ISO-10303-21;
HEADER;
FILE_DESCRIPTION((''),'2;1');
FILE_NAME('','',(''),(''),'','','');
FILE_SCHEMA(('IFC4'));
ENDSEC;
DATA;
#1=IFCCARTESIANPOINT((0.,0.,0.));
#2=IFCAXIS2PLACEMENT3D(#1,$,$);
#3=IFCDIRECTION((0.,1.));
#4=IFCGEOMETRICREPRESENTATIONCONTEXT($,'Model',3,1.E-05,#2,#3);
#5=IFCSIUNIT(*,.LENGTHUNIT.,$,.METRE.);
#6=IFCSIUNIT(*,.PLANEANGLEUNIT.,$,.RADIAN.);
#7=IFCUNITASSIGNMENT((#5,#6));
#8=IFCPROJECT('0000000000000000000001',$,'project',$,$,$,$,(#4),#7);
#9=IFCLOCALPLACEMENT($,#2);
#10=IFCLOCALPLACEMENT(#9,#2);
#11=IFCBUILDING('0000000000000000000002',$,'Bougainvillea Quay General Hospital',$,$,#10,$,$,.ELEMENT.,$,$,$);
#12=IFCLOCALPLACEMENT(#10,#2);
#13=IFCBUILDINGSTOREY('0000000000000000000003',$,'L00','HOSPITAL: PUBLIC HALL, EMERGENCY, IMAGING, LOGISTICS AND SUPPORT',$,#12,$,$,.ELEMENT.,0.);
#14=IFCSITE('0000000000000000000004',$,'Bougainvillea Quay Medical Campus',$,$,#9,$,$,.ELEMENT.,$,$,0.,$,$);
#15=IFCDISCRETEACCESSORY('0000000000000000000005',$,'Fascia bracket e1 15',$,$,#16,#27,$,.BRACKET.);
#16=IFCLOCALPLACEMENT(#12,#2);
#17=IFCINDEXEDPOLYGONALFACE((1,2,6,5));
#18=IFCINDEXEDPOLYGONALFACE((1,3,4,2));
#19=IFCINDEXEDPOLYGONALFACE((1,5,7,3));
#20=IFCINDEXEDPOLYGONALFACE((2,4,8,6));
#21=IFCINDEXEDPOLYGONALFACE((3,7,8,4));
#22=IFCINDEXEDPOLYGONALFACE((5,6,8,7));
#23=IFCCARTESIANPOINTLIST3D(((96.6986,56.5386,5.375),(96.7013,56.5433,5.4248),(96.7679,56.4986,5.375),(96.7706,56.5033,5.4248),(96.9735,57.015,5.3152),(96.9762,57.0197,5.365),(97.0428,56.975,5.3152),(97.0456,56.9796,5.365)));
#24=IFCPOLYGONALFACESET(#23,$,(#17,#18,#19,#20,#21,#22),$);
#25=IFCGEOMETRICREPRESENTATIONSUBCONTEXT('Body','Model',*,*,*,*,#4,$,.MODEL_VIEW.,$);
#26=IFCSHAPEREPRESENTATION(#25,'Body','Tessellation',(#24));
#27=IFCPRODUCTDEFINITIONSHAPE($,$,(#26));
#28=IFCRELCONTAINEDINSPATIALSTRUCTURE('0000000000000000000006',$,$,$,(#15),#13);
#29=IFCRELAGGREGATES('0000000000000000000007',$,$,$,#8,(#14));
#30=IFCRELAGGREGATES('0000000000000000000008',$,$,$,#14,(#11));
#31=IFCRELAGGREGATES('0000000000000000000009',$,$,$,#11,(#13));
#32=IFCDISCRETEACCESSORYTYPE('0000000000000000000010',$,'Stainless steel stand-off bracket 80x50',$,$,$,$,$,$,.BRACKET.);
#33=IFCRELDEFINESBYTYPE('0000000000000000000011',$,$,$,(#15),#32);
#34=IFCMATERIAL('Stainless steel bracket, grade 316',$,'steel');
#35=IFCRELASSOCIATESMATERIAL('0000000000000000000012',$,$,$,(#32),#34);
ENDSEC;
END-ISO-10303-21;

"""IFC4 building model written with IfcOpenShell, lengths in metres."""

from ifc_helpers import new_model, si_unit, direction, frame, origin, origin_2d, place, context, subcontext, project, spatial, rectangle, extrude, material, material_profile, profile_set, type_object, element, save


model = new_model("IFC4")

# Units and contexts
model_context = context("Model", 3, precision=1e-05, world=origin(), true_north=direction((0.0, 1.0)))
body_context = subcontext(model_context, "Body", "Model", "MODEL_VIEW")
ifc_project = project(units=[si_unit("LENGTHUNIT", "METRE"), si_unit("PLANEANGLEUNIT", "RADIAN")], contexts=[model_context])

# Site, building, storey
site_placement = place(None, origin())
site = spatial("IfcSite", under=ifc_project, at=site_placement, Name="Bougainvillea Quay Medical Campus", CompositionType="ELEMENT", RefElevation=0.0)
building_placement = place(site_placement, origin())
building = spatial("IfcBuilding", under=site, at=building_placement, Name="Bougainvillea Quay General Hospital", CompositionType="ELEMENT")
storey_placement = place(building_placement, origin())
storey = spatial("IfcBuildingStorey", under=building, at=storey_placement, Name="L00", Description="HOSPITAL: PUBLIC HALL, EMERGENCY, IMAGING, LOGISTICS AND SUPPORT", CompositionType="ELEMENT", Elevation=0.0)

# Discrete accessory
ifc_material_1 = material(Name="Stainless steel bracket, grade 316", Category="steel")
ifc_material_profile_1 = material_profile(ifc_material_1, rectangle(XDim=0.0801, YDim=0.05, at=origin_2d()))
ifc_profile_set_1 = profile_set([ifc_material_profile_1], Name="Stainless steel bracket, grade 316")
discrete_accessory_type = type_object("IfcDiscreteAccessoryType", Name="Stainless steel stand-off bracket 80x50", PredefinedType="BRACKET", material=ifc_profile_set_1)
for number, where, z_axis, x_axis, name in (
    (1, (97.0095, 56.9973, 5.3401), (-0.496933, -0.861027, 0.108125), (0.866104, -0.499863, 0.0), "Fascia bracket e1 15"),
):
    element("IfcDiscreteAccessory", number, at=place(storey_placement, frame(where, z_axis=z_axis, x_axis=x_axis)), inside=storey, type_object=discrete_accessory_type, Name=name, PredefinedType="BRACKET", context=body_context, shape_type="SweptSolid", body=[
        extrude(rectangle(XDim=0.0801, YDim=0.05, at=origin_2d()), origin(), (0.0, 0.0, 1.0), 0.5532),
    ])

save(model, "model.ifc")
